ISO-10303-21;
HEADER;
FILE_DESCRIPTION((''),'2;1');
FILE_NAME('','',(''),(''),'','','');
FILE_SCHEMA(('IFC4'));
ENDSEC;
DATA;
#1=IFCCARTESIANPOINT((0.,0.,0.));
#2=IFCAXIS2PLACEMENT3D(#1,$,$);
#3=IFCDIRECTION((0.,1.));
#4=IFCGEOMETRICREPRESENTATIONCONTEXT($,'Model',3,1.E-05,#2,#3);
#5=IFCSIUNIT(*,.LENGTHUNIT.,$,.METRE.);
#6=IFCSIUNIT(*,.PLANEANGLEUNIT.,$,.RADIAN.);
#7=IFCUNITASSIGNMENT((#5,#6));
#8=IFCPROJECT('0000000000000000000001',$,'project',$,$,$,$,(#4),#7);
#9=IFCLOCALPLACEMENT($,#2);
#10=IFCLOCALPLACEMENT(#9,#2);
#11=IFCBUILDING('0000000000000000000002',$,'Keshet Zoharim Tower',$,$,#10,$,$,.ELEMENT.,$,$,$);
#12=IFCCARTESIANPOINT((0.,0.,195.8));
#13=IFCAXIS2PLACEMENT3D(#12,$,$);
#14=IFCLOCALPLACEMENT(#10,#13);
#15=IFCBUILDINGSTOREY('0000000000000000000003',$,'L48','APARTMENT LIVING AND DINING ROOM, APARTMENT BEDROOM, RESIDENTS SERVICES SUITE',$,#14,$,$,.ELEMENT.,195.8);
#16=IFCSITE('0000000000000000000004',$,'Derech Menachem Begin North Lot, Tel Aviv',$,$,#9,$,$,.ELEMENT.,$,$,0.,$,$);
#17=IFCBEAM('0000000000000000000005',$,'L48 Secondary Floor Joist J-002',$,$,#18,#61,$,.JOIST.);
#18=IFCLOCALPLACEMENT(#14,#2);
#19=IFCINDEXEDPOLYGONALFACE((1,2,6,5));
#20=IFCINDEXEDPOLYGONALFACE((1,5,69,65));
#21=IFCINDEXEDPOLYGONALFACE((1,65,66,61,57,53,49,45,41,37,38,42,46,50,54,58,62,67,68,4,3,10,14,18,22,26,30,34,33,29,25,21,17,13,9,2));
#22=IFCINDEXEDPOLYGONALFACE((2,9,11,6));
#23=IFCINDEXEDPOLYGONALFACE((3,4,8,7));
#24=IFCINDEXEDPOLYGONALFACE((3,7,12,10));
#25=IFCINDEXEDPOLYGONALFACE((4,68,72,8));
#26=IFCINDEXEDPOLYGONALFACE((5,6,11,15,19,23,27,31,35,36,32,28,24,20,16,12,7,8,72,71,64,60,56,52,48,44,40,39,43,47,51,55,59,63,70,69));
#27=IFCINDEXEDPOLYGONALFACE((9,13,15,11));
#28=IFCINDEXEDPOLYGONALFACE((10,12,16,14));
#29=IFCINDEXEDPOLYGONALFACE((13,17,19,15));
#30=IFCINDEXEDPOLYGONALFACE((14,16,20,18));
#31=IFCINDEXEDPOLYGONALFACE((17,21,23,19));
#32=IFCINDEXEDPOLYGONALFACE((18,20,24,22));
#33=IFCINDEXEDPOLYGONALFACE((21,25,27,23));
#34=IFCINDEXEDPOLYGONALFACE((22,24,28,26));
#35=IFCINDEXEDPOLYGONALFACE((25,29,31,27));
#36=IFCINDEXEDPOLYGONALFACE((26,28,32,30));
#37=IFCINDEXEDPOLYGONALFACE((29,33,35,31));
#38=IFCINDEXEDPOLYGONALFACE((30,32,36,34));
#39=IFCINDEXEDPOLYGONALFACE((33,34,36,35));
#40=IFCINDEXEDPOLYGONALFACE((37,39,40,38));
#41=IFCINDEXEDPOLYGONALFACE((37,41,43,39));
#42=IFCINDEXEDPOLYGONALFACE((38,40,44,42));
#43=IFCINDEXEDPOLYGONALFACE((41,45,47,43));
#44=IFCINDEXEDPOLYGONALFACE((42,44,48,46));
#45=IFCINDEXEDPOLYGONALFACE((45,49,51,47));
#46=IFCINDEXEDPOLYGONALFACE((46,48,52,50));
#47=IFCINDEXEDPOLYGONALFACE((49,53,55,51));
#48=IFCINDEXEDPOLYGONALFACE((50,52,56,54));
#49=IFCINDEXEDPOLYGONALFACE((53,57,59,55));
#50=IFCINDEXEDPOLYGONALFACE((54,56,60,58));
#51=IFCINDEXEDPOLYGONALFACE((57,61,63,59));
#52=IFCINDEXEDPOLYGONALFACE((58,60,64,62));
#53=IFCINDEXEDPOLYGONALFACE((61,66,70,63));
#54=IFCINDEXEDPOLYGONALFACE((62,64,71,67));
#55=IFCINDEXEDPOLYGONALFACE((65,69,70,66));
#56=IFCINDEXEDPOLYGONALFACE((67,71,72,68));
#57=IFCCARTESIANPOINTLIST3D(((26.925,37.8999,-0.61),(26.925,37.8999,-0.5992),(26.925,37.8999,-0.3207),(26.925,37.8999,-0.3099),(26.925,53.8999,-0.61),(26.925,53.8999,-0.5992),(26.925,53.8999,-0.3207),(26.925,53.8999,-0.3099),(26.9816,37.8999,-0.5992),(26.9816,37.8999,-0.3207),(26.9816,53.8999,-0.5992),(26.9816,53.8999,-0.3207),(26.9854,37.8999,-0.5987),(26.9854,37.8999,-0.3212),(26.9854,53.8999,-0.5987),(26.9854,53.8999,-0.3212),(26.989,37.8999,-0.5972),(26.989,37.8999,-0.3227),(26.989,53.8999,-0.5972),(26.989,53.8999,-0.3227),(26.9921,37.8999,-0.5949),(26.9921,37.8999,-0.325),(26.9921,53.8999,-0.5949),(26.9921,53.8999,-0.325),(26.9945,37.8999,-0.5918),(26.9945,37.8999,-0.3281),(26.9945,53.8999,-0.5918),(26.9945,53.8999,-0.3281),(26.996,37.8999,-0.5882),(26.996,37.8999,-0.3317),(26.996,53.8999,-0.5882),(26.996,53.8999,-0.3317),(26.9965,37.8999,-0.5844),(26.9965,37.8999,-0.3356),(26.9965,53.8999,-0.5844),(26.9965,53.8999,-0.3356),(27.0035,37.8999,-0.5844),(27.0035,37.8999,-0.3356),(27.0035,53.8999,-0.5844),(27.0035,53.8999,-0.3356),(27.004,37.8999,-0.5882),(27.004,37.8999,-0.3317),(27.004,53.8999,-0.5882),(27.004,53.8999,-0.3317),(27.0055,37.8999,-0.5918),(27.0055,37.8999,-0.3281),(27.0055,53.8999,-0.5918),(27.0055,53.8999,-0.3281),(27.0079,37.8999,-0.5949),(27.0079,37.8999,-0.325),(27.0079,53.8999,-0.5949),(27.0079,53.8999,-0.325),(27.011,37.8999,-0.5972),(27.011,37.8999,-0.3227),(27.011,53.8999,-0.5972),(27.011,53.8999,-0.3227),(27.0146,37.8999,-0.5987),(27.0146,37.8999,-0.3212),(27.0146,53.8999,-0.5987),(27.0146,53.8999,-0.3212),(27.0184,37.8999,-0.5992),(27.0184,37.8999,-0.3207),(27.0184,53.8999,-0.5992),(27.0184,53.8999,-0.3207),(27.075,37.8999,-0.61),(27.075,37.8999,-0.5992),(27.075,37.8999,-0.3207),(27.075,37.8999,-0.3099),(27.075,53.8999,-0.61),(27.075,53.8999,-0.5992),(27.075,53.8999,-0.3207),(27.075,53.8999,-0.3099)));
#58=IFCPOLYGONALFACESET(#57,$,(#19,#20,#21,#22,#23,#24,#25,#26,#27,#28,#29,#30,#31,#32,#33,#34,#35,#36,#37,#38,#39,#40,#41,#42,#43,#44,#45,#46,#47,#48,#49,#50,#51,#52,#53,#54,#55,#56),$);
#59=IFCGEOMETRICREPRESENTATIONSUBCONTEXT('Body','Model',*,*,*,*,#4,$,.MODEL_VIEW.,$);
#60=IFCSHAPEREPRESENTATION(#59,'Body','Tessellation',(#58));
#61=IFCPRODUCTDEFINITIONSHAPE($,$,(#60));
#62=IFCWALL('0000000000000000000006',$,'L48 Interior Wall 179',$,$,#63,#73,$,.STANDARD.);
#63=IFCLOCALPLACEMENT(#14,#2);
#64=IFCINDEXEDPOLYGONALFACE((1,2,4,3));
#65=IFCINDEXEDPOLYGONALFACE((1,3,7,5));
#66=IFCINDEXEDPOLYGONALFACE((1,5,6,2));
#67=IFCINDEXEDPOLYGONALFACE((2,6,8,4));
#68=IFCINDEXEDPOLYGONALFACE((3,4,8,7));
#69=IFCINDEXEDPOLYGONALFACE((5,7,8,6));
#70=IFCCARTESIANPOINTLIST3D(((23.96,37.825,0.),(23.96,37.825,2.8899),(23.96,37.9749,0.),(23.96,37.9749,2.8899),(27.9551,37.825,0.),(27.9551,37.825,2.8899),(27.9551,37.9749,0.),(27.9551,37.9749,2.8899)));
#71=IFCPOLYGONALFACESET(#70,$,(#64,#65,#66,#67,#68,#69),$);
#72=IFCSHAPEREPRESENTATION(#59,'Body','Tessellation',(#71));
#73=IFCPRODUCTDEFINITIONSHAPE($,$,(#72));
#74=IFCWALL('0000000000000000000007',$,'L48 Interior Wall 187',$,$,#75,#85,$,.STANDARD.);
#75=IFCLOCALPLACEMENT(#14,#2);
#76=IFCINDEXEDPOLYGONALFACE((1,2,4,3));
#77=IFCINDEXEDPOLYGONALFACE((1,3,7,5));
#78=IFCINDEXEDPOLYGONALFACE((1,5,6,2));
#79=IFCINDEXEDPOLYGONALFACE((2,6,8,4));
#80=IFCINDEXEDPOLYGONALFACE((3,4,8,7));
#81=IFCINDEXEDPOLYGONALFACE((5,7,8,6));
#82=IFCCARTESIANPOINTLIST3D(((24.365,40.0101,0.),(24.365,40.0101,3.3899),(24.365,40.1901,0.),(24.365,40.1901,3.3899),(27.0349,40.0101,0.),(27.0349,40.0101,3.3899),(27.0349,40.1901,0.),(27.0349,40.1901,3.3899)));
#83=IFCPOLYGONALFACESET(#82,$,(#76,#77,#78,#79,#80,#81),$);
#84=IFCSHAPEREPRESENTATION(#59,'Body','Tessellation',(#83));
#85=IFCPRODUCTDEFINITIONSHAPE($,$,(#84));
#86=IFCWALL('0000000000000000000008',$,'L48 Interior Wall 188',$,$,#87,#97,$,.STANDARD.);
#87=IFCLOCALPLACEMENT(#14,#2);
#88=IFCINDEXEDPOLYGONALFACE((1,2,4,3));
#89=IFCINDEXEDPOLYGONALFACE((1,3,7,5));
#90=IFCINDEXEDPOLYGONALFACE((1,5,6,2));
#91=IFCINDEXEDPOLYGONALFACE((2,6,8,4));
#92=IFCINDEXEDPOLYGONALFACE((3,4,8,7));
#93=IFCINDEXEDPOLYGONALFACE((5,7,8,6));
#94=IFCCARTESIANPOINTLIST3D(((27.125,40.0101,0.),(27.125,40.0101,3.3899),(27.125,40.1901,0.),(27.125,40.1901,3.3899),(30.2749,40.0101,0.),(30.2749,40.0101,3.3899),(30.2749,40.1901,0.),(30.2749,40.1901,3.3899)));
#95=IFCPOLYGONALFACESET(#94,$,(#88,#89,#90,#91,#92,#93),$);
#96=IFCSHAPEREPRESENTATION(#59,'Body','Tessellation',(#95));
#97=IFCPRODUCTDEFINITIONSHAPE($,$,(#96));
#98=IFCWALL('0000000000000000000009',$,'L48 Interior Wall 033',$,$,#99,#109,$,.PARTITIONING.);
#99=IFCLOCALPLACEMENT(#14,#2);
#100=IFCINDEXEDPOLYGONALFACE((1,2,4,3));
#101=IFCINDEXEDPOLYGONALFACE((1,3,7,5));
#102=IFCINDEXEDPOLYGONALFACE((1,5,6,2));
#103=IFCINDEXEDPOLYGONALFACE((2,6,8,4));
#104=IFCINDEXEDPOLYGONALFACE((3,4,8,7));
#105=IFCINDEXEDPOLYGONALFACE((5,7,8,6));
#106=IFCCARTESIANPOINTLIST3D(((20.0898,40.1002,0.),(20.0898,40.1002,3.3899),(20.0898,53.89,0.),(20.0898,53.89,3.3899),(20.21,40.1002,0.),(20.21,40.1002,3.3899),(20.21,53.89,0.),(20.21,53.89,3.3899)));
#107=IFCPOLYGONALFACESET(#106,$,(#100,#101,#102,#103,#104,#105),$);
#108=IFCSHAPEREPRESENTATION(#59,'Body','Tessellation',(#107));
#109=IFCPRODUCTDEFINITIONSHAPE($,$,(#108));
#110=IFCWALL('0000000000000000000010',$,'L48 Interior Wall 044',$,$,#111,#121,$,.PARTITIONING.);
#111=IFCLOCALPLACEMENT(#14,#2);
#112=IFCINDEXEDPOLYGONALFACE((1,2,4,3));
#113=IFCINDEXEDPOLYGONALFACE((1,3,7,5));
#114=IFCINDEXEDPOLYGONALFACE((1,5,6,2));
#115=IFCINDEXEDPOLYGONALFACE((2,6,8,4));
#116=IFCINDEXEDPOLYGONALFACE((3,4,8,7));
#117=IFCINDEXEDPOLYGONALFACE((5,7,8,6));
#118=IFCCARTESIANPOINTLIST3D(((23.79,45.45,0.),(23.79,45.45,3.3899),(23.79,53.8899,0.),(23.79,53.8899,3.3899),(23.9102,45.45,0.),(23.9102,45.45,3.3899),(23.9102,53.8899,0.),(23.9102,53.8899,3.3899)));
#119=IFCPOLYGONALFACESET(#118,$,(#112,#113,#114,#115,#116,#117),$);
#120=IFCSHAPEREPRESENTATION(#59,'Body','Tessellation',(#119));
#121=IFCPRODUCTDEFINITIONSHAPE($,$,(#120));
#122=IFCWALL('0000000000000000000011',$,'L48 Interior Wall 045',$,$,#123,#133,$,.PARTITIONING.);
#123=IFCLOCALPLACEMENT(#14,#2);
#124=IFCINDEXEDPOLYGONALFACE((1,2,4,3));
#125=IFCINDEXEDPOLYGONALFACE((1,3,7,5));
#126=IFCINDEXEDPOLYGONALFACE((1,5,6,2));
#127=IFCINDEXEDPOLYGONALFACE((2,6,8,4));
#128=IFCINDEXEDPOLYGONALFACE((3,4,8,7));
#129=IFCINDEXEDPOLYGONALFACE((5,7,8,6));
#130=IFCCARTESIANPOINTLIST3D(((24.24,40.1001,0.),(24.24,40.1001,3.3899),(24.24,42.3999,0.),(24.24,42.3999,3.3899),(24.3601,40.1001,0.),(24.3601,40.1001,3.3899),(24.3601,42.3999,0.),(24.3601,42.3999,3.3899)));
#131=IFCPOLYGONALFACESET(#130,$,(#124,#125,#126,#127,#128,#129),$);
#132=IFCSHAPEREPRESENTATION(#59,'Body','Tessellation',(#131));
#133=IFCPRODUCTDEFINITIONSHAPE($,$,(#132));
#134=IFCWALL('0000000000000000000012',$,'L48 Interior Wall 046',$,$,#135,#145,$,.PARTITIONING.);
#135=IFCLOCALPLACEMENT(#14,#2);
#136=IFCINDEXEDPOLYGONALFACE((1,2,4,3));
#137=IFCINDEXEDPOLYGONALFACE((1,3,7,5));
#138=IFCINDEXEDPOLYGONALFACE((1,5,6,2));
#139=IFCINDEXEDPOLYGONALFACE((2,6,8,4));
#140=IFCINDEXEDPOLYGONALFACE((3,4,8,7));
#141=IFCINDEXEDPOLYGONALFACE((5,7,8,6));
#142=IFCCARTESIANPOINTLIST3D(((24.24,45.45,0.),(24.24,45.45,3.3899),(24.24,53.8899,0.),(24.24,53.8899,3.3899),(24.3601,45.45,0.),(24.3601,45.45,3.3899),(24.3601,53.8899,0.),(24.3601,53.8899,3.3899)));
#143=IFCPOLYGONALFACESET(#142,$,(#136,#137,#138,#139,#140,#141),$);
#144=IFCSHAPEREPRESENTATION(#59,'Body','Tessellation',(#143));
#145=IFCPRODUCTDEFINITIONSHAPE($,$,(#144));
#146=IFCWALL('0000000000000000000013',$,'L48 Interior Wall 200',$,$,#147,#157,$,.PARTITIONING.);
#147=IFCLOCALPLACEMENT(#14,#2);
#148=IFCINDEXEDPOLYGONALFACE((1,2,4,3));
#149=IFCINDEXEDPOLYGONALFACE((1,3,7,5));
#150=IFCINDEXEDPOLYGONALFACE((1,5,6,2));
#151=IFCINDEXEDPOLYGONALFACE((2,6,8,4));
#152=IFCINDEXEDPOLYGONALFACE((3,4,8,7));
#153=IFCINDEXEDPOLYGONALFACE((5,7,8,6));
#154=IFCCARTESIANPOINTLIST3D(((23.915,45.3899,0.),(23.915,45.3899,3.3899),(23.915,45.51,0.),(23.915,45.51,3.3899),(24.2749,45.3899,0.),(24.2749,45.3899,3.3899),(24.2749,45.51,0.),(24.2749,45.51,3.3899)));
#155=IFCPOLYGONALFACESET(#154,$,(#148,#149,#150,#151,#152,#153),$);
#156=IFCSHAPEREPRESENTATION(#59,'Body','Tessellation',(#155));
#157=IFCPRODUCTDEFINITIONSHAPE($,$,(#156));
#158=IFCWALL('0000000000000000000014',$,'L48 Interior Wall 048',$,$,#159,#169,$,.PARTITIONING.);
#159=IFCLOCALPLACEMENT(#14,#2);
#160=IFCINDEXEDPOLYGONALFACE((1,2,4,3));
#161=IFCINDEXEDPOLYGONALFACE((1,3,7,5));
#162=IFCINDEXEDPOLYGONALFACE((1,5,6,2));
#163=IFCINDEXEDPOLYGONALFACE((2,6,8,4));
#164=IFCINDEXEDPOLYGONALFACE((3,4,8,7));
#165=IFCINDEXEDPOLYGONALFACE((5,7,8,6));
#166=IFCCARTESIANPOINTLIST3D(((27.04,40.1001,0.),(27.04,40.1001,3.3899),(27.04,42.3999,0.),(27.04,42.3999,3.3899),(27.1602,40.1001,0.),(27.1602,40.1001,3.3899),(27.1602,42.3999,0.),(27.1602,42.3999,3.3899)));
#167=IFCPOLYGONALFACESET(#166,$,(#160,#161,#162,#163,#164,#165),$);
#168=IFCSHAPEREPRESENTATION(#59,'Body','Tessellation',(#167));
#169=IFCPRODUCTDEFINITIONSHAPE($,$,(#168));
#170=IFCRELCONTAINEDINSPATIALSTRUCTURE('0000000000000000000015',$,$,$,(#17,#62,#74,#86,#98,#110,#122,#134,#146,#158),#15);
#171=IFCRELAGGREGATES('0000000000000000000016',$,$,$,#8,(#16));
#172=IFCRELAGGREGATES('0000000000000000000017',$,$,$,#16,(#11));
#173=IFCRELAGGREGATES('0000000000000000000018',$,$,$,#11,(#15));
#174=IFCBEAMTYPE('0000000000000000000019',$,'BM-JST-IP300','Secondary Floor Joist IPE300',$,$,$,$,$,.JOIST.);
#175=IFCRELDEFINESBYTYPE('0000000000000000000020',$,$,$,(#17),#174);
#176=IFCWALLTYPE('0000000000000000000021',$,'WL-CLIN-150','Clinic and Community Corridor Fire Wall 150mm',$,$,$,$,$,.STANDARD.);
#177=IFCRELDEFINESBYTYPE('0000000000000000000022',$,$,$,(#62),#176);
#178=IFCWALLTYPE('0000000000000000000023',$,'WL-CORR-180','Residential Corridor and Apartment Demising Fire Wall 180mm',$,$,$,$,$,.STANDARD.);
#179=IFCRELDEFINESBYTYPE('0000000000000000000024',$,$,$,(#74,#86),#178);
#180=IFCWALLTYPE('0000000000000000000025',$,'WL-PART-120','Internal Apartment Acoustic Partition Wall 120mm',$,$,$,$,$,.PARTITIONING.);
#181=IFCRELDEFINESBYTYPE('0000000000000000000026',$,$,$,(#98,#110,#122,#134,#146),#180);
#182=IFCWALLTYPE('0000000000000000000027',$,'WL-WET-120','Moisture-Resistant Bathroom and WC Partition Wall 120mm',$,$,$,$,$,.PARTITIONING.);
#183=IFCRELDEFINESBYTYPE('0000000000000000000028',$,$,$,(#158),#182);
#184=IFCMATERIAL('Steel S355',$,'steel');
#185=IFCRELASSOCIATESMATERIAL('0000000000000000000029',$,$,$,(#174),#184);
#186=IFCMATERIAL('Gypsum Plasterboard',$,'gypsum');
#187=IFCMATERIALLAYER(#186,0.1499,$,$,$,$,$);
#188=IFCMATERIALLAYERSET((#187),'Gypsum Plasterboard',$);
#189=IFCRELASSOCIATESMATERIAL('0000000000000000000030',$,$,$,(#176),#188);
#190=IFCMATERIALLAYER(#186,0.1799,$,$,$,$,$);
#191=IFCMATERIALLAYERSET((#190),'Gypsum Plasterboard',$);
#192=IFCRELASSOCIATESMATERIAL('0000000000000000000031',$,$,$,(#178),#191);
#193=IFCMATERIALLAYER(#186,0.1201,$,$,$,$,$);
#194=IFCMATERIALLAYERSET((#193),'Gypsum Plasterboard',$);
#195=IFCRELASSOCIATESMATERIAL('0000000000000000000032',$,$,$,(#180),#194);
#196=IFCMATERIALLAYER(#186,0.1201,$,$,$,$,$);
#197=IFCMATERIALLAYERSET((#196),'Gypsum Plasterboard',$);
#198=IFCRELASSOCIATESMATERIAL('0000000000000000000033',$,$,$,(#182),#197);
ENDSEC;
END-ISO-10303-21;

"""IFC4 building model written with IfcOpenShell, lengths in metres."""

from ifc_helpers import new_model, si_unit, direction, frame, frame_2d, origin, origin_2d, place, context, subcontext, project, spatial, rectangle, i_section, extrude, material, layer, layer_set, material_profile, profile_set, type_object, element, save


model = new_model("IFC4")

# Units and contexts
model_context = context("Model", 3, precision=1e-05, world=origin(), true_north=direction((0.0, 1.0)))
body_context = subcontext(model_context, "Body", "Model", "MODEL_VIEW")
ifc_project = project(units=[si_unit("LENGTHUNIT", "METRE"), si_unit("PLANEANGLEUNIT", "RADIAN")], contexts=[model_context])

# Site, building, storey
site_placement = place(None, origin())
site = spatial("IfcSite", under=ifc_project, at=site_placement, Name="Derech Menachem Begin North Lot, Tel Aviv", CompositionType="ELEMENT", RefElevation=0.0)
building_placement = place(site_placement, origin())
building = spatial("IfcBuilding", under=site, at=building_placement, Name="Keshet Zoharim Tower", CompositionType="ELEMENT")
storey_placement = place(building_placement, frame((0.0, 0.0, 195.8)))
storey = spatial("IfcBuildingStorey", under=building, at=storey_placement, Name="L48", Description="APARTMENT LIVING AND DINING ROOM, APARTMENT BEDROOM, RESIDENTS SERVICES SUITE", CompositionType="ELEMENT", Elevation=195.8)

# Beam
ifc_material_1 = material(Name="Steel S355", Category="steel")
ifc_material_profile = material_profile(ifc_material_1, i_section(OverallWidth=0.1499, OverallDepth=0.3, WebThickness=0.0071, FlangeThickness=0.0107, FilletRadius=0.0149, at=origin_2d()), Name="IPE300")
ifc_profile_set = profile_set([ifc_material_profile], Name="Steel S355")
beam_type = type_object("IfcBeamType", Name="BM-JST-IP300", Description="Secondary Floor Joist IPE300", PredefinedType="JOIST", material=ifc_profile_set)
beam_placement = place(storey_placement, frame((27.0, 37.8999, -0.46), z_axis=(0.0, 1.0, 0.0), x_axis=(-1.0, 0.0, 0.0)))
element("IfcBeam", 1, at=beam_placement, inside=storey, type_object=beam_type, Name="L48 Secondary Floor Joist J-002", PredefinedType="JOIST", context=body_context, shape_type="SweptSolid", body=[
    extrude(i_section(OverallWidth=0.1499, OverallDepth=0.3, WebThickness=0.0071, FlangeThickness=0.0107, FilletRadius=0.0149, at=origin_2d()), origin(), (0.0, 0.0, 1.0), 16.0),
])

# Wall
ifc_material_2 = material(Name="Gypsum Plasterboard", Category="gypsum")
ifc_layer_1 = layer(ifc_material_2, 0.1499)
ifc_layer_set_1 = layer_set([ifc_layer_1], Name="Gypsum Plasterboard")
wall_type_1 = type_object("IfcWallType", Name="WL-CLIN-150", Description="Clinic and Community Corridor Fire Wall 150mm", PredefinedType="STANDARD", material=ifc_layer_set_1)
wall_1_placement = place(storey_placement, frame((23.96, 37.8999, 0.0), z_axis=(0.0, 0.0, 1.0), x_axis=(1.0, 0.0, 0.0)))
element("IfcWall", 2, at=wall_1_placement, inside=storey, type_object=wall_type_1, Name="L48 Interior Wall 179", PredefinedType="STANDARD", context=body_context, shape_type="SweptSolid", body=[
    extrude(rectangle(XDim=3.9951, YDim=0.1499, at=frame_2d((1.9976, 0.0))), origin(), (0.0, 0.0, 1.0), 2.8899),
])

# Shared definitions
ifc_layer_2 = layer(ifc_material_2, 0.1799)
ifc_layer_set_2 = layer_set([ifc_layer_2], Name="Gypsum Plasterboard")
wall_type_2 = type_object("IfcWallType", Name="WL-CORR-180", Description="Residential Corridor and Apartment Demising Fire Wall 180mm", PredefinedType="STANDARD", material=ifc_layer_set_2)

# Walls
wall_2_placement = place(storey_placement, frame((24.365, 40.1001, 0.0), z_axis=(0.0, 0.0, 1.0), x_axis=(1.0, 0.0, 0.0)))
element("IfcWall", 3, at=wall_2_placement, inside=storey, type_object=wall_type_2, Name="L48 Interior Wall 187", PredefinedType="STANDARD", context=body_context, shape_type="SweptSolid", body=[
    extrude(rectangle(XDim=2.6699, YDim=0.1799, at=frame_2d((1.335, 0.0))), origin(), (0.0, 0.0, 1.0), 3.3899),
])
wall_3_placement = place(storey_placement, frame((27.125, 40.1001, 0.0), z_axis=(0.0, 0.0, 1.0), x_axis=(1.0, 0.0, 0.0)))
element("IfcWall", 4, at=wall_3_placement, inside=storey, type_object=wall_type_2, Name="L48 Interior Wall 188", PredefinedType="STANDARD", context=body_context, shape_type="SweptSolid", body=[
    extrude(rectangle(XDim=3.1499, YDim=0.1799, at=frame_2d((1.575, 0.0))), origin(), (0.0, 0.0, 1.0), 3.3899),
])
ifc_layer_3 = layer(ifc_material_2, 0.1201)
ifc_layer_set_3 = layer_set([ifc_layer_3], Name="Gypsum Plasterboard")
wall_type_3 = type_object("IfcWallType", Name="WL-PART-120", Description="Internal Apartment Acoustic Partition Wall 120mm", PredefinedType="PARTITIONING", material=ifc_layer_set_3)
wall_4_placement = place(storey_placement, frame((20.1499, 40.1001, 0.0), z_axis=(0.0, 0.0, 1.0), x_axis=(0.0, 1.0, 0.0)))
element("IfcWall", 5, at=wall_4_placement, inside=storey, type_object=wall_type_3, Name="L48 Interior Wall 033", PredefinedType="PARTITIONING", context=body_context, shape_type="SweptSolid", body=[
    extrude(rectangle(XDim=13.7898, YDim=0.1201, at=frame_2d((6.895, 0.0))), origin(), (0.0, 0.0, 1.0), 3.3899),
])
wall_5_placement = place(storey_placement, frame((23.8501, 45.45, 0.0), z_axis=(0.0, 0.0, 1.0), x_axis=(0.0, 1.0, 0.0)))
element("IfcWall", 6, at=wall_5_placement, inside=storey, type_object=wall_type_3, Name="L48 Interior Wall 044", PredefinedType="PARTITIONING", context=body_context, shape_type="SweptSolid", body=[
    extrude(rectangle(XDim=8.4399, YDim=0.1201, at=frame_2d((4.22, 0.0))), origin(), (0.0, 0.0, 1.0), 3.3899),
])
wall_6_placement = place(storey_placement, frame((24.3, 40.1001, 0.0), z_axis=(0.0, 0.0, 1.0), x_axis=(0.0, 1.0, 0.0)))
element("IfcWall", 7, at=wall_6_placement, inside=storey, type_object=wall_type_3, Name="L48 Interior Wall 045", PredefinedType="PARTITIONING", context=body_context, shape_type="SweptSolid", body=[
    extrude(rectangle(XDim=2.2998, YDim=0.1201, at=frame_2d((1.1499, 0.0))), origin(), (0.0, 0.0, 1.0), 3.3899),
])
wall_7_placement = place(storey_placement, frame((24.3, 45.45, 0.0), z_axis=(0.0, 0.0, 1.0), x_axis=(0.0, 1.0, 0.0)))
element("IfcWall", 8, at=wall_7_placement, inside=storey, type_object=wall_type_3, Name="L48 Interior Wall 046", PredefinedType="PARTITIONING", context=body_context, shape_type="SweptSolid", body=[
    extrude(rectangle(XDim=8.4399, YDim=0.1201, at=frame_2d((4.22, 0.0))), origin(), (0.0, 0.0, 1.0), 3.3899),
])

# Wall
wall_8_placement = place(storey_placement, frame((23.915, 45.45, 0.0), z_axis=(0.0, 0.0, 1.0), x_axis=(1.0, 0.0, 0.0)))
element("IfcWall", 9, at=wall_8_placement, inside=storey, type_object=wall_type_3, Name="L48 Interior Wall 200", PredefinedType="PARTITIONING", context=body_context, shape_type="SweptSolid", body=[
    extrude(rectangle(XDim=0.3599, YDim=0.1201, at=frame_2d((0.1799, 0.0))), origin(), (0.0, 0.0, 1.0), 3.3899),
])

# Wall
ifc_layer_4 = layer(ifc_material_2, 0.1201)
ifc_layer_set_4 = layer_set([ifc_layer_4], Name="Gypsum Plasterboard")
wall_type_4 = type_object("IfcWallType", Name="WL-WET-120", Description="Moisture-Resistant Bathroom and WC Partition Wall 120mm", PredefinedType="PARTITIONING", material=ifc_layer_set_4)
wall_9_placement = place(storey_placement, frame((27.1001, 40.1001, 0.0), z_axis=(0.0, 0.0, 1.0), x_axis=(0.0, 1.0, 0.0)))
element("IfcWall", 10, at=wall_9_placement, inside=storey, type_object=wall_type_4, Name="L48 Interior Wall 048", PredefinedType="PARTITIONING", context=body_context, shape_type="SweptSolid", body=[
    extrude(rectangle(XDim=2.2998, YDim=0.1201, at=frame_2d((1.1499, 0.0))), origin(), (0.0, 0.0, 1.0), 3.3899),
])

save(model, "model.ifc")
